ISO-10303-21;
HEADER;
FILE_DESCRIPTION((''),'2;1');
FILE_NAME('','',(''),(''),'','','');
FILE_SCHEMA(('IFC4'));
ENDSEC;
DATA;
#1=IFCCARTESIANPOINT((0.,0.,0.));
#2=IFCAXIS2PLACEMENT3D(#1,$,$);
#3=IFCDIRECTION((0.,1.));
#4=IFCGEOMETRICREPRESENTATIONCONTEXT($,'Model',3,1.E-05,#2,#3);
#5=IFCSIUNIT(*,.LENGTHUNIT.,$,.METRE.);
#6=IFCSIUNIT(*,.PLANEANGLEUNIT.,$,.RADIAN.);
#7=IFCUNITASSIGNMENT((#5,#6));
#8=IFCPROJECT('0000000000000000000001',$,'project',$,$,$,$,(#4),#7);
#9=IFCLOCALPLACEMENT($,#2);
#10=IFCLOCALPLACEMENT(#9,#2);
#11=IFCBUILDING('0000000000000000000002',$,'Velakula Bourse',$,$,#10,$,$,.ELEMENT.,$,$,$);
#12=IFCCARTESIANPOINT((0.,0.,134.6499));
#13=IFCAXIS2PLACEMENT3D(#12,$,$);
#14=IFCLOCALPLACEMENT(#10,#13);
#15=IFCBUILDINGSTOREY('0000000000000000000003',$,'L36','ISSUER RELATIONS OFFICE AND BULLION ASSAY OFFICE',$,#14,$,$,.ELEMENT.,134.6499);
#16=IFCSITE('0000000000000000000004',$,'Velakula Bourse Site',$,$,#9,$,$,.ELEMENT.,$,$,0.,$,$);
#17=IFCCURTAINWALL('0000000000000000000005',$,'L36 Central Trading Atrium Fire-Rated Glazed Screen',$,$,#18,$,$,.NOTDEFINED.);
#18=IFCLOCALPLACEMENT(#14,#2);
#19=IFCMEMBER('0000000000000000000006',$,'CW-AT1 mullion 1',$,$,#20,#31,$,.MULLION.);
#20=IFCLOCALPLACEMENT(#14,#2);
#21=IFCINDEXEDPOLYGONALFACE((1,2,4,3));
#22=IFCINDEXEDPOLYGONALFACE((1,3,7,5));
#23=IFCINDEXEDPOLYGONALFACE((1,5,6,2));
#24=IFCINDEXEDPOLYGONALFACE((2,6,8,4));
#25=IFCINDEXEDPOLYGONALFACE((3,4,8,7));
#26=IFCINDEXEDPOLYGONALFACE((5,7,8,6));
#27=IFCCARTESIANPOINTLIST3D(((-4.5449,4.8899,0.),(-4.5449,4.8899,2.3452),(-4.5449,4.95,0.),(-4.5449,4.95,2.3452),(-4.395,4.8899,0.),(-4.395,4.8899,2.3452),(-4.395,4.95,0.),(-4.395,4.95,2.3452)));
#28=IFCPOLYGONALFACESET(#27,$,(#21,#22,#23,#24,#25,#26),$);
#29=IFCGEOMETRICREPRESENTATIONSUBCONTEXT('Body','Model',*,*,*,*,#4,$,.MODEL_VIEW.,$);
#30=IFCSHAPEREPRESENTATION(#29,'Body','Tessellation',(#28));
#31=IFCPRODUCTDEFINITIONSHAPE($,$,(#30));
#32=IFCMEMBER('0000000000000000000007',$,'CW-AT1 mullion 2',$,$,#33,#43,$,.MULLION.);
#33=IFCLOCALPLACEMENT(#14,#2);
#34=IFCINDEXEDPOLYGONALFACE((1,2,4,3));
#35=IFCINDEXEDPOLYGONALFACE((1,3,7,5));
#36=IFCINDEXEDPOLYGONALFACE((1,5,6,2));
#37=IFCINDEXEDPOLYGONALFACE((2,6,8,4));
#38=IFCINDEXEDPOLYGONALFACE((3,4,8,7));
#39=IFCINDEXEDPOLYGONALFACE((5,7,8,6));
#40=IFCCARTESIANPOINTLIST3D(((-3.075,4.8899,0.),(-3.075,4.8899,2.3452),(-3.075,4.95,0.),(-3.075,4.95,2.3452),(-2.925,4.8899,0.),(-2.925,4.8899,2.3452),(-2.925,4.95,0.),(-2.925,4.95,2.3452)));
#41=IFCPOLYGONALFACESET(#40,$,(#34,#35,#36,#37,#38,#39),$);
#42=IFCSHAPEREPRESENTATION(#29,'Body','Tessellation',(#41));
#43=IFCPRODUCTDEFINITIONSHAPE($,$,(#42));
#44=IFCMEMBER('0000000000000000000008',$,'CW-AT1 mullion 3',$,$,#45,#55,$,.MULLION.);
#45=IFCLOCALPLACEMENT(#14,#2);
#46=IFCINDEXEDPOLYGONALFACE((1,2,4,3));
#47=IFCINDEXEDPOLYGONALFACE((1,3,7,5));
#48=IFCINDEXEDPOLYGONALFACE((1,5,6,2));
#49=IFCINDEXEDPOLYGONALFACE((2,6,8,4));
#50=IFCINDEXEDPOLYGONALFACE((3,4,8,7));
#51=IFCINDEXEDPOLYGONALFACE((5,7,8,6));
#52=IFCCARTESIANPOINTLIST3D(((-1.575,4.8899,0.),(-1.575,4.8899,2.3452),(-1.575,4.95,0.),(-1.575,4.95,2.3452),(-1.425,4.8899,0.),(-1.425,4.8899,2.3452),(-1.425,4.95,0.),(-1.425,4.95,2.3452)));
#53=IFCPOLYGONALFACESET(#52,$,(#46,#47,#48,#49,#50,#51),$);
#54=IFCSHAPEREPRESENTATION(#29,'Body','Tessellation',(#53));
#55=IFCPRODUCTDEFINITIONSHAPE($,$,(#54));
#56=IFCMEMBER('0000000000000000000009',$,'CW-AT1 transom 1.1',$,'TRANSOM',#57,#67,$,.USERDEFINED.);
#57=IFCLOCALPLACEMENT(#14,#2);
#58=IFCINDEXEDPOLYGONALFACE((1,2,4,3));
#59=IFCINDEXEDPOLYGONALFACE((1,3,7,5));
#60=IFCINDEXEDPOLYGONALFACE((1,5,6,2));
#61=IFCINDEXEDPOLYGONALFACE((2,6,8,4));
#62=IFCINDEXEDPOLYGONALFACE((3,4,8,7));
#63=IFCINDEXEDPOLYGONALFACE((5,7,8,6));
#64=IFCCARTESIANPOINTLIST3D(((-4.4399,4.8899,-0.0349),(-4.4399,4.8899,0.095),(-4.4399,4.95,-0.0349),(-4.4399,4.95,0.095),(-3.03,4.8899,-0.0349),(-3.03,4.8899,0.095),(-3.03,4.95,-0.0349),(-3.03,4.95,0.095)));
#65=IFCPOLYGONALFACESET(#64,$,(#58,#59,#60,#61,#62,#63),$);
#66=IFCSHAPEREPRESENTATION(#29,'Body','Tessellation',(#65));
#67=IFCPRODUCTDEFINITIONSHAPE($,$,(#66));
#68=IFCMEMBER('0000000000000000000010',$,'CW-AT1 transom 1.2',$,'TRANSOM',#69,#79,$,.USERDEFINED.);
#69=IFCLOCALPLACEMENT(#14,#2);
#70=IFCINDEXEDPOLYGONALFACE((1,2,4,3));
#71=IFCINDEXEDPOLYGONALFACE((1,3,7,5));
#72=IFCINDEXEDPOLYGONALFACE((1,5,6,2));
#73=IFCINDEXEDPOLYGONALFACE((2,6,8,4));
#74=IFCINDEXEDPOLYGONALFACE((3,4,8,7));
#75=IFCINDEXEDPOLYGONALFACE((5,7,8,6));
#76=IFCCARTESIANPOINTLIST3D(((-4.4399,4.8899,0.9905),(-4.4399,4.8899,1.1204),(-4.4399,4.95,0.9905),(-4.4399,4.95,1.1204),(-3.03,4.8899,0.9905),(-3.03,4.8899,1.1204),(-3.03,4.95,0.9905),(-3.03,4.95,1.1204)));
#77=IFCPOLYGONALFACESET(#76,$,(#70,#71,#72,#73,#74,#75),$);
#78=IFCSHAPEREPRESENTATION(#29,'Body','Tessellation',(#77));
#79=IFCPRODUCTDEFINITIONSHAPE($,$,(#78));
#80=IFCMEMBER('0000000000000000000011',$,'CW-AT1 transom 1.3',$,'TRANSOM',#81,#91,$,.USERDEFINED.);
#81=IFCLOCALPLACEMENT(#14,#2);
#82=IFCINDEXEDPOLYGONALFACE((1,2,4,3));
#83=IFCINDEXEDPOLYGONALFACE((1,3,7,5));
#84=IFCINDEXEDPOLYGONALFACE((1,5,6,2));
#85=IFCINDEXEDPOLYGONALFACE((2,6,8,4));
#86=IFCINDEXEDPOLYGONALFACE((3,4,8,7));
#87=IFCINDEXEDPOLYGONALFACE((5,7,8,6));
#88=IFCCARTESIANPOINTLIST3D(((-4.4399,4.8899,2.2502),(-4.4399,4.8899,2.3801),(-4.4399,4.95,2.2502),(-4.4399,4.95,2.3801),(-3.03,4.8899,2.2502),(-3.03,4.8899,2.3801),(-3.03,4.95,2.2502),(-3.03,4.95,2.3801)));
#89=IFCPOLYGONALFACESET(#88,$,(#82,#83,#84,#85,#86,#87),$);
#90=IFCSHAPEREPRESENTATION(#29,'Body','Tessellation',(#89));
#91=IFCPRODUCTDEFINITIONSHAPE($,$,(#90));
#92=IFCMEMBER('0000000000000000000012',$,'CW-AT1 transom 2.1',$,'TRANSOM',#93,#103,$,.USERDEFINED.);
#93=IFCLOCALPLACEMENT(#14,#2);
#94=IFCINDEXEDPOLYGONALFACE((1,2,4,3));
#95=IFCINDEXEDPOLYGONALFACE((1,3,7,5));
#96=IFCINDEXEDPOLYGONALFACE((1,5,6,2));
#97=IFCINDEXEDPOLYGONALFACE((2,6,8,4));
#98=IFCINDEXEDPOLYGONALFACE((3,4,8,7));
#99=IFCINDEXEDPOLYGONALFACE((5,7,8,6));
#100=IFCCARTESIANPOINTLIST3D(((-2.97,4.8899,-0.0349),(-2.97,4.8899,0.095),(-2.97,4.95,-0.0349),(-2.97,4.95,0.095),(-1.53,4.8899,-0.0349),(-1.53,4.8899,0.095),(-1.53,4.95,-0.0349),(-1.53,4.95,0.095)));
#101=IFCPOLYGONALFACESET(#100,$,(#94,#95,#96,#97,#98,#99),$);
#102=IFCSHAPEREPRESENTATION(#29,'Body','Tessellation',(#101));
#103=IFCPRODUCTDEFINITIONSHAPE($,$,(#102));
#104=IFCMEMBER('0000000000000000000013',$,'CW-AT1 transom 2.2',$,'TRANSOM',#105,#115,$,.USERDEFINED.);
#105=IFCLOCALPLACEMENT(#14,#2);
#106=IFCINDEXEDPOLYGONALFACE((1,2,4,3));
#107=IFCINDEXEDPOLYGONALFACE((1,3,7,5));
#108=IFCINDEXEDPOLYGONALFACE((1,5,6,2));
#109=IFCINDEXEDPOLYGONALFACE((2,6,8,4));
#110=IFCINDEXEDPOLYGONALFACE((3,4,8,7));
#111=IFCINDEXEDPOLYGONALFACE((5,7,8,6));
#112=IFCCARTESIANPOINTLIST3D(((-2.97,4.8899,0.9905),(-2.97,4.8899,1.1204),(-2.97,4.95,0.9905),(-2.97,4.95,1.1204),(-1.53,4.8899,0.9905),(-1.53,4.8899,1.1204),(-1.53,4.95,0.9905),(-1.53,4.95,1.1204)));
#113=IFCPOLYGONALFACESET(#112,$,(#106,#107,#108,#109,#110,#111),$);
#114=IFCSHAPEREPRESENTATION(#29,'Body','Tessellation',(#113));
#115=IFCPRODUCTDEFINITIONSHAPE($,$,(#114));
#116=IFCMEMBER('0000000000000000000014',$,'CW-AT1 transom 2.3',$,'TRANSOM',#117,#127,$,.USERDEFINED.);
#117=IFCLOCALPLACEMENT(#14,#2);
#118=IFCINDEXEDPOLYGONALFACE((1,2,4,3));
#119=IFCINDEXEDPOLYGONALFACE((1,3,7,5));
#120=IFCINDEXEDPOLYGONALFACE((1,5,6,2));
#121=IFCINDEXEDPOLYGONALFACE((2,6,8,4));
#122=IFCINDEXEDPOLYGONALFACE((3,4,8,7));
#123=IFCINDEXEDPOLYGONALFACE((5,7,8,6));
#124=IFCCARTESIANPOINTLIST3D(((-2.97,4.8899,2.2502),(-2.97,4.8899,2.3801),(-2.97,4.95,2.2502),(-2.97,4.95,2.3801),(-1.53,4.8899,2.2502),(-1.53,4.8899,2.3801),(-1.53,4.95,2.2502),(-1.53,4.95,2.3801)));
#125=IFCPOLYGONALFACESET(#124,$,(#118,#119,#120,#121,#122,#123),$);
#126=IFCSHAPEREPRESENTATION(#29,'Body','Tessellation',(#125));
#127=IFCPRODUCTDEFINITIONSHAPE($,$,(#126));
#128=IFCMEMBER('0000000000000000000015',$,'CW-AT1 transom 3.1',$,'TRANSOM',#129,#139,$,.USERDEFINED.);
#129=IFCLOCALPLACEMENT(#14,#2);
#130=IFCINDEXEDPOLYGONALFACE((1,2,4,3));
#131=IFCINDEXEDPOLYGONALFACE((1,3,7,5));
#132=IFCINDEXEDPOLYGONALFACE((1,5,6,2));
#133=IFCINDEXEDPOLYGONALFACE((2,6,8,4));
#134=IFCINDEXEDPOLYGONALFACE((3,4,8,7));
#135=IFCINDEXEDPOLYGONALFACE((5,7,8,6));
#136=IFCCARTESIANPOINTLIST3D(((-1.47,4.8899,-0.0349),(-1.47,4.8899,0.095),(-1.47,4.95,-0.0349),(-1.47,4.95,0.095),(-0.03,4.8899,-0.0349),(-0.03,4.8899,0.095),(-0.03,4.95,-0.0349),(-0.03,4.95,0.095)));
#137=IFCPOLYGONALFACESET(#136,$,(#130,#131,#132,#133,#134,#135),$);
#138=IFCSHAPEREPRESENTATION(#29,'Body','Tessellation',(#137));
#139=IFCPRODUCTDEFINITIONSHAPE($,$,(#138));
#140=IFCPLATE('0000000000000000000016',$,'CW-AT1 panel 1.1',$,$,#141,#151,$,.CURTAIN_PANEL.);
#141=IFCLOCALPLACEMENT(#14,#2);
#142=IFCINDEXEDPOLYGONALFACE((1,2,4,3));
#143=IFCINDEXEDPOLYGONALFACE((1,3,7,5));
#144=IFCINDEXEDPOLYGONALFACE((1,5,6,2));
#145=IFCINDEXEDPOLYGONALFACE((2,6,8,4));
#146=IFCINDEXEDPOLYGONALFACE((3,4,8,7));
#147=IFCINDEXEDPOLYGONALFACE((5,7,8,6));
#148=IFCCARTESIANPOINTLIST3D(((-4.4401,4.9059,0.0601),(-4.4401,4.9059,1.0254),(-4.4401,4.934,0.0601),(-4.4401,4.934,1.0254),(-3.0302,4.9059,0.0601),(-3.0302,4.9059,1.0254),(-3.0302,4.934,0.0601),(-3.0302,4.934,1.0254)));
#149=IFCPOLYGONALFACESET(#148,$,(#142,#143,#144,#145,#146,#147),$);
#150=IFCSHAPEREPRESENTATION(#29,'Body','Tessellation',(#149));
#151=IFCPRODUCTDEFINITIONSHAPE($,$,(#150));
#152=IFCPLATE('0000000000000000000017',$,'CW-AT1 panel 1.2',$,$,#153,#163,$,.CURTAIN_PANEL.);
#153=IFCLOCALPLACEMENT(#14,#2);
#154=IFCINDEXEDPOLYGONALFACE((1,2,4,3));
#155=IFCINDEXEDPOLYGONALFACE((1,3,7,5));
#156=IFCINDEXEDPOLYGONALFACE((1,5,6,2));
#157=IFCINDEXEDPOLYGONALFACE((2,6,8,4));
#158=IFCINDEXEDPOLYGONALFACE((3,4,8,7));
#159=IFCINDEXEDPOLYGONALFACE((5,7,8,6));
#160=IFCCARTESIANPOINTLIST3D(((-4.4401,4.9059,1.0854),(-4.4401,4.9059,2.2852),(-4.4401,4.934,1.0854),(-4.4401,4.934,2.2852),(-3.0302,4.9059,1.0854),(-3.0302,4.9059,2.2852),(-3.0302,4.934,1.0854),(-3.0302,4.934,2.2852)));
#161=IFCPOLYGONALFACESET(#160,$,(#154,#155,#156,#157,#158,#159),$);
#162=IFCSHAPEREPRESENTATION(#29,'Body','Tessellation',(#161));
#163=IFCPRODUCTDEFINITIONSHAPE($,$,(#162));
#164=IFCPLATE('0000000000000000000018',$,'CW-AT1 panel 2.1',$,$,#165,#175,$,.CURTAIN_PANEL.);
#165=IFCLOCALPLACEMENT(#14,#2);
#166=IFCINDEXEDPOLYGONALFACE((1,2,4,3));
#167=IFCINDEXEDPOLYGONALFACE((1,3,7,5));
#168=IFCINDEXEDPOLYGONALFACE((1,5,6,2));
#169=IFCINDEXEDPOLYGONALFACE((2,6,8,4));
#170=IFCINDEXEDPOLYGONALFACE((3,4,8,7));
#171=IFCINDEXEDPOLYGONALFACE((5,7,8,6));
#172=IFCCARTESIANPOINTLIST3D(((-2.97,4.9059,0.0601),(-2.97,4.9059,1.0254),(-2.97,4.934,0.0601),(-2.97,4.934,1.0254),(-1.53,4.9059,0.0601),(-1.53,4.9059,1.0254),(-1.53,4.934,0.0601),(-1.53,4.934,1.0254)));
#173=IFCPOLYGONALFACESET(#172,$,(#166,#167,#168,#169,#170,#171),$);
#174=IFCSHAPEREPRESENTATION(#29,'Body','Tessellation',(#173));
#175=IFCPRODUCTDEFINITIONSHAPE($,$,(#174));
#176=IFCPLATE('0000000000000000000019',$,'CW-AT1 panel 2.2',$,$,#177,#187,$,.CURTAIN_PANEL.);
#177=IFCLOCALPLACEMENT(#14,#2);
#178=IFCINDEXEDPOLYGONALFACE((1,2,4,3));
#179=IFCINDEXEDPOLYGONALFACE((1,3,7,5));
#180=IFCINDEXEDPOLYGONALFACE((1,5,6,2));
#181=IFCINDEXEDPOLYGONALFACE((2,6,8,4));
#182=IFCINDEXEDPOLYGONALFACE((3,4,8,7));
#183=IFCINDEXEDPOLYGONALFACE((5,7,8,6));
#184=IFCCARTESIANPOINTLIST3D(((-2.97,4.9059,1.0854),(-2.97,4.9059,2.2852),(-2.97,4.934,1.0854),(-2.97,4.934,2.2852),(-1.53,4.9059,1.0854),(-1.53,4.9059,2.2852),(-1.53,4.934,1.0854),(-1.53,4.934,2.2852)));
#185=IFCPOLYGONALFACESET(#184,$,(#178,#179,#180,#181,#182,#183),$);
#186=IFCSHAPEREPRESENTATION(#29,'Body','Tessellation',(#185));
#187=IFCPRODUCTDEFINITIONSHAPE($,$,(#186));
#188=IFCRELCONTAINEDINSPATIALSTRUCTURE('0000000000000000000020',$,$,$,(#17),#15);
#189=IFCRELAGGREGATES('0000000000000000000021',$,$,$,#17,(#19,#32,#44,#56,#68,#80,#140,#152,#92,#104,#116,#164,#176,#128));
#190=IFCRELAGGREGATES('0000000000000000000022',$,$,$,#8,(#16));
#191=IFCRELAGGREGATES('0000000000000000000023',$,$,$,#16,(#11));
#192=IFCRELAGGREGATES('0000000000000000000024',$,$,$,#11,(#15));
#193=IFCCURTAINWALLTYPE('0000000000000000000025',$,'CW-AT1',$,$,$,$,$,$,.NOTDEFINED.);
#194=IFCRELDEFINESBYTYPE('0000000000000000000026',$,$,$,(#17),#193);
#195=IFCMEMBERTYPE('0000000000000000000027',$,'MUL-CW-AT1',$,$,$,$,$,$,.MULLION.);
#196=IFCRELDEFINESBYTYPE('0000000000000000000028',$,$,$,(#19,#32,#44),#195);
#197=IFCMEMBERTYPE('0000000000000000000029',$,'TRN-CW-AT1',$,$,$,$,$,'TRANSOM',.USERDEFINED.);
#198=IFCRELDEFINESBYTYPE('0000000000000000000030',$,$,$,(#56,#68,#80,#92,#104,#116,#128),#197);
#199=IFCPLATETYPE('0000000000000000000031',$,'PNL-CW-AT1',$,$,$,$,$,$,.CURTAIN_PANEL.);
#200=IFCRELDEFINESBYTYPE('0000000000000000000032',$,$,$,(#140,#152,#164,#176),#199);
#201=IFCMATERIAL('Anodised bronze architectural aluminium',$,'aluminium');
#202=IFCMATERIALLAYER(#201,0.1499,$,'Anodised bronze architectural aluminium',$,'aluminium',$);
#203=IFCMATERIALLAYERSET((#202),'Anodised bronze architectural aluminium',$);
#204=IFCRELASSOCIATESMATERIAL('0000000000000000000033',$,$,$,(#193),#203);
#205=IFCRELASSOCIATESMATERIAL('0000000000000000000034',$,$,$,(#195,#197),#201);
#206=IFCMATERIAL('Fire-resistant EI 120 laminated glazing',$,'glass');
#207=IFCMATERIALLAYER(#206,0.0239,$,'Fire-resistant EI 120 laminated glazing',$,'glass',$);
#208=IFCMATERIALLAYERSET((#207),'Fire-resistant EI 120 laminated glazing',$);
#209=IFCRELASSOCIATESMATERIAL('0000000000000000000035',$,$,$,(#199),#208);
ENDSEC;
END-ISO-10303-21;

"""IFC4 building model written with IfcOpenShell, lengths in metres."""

from ifc_helpers import new_model, si_unit, direction, frame, origin, origin_2d, place, context, subcontext, project, spatial, rectangle, extrude, material, layer, layer_set, material_profile, profile_set, type_object, element, aggregate, save


model = new_model("IFC4")

# Units and contexts
model_context = context("Model", 3, precision=1e-05, world=origin(), true_north=direction((0.0, 1.0)))
body_context = subcontext(model_context, "Body", "Model", "MODEL_VIEW")
ifc_project = project(units=[si_unit("LENGTHUNIT", "METRE"), si_unit("PLANEANGLEUNIT", "RADIAN")], contexts=[model_context])

# Site, building, storey
site_placement = place(None, origin())
site = spatial("IfcSite", under=ifc_project, at=site_placement, Name="Velakula Bourse Site", CompositionType="ELEMENT", RefElevation=0.0)
building_placement = place(site_placement, origin())
building = spatial("IfcBuilding", under=site, at=building_placement, Name="Velakula Bourse", CompositionType="ELEMENT")
storey_placement = place(building_placement, frame((0.0, 0.0, 134.6499)))
storey = spatial("IfcBuildingStorey", under=building, at=storey_placement, Name="L36", Description="ISSUER RELATIONS OFFICE AND BULLION ASSAY OFFICE", CompositionType="ELEMENT", Elevation=134.6499)

# Curtain wall, members, plates
ifc_material_1 = material(Name="Anodised bronze architectural aluminium", Category="aluminium")
ifc_layer_1 = layer(ifc_material_1, 0.1499, Name="Anodised bronze architectural aluminium", Category="aluminium")
ifc_layer_set_1 = layer_set([ifc_layer_1], Name="Anodised bronze architectural aluminium")
curtain_wall_type = type_object("IfcCurtainWallType", Name="CW-AT1", PredefinedType="NOTDEFINED", material=ifc_layer_set_1)
curtain_wall_placement = place(storey_placement, origin())
curtain_wall = element("IfcCurtainWall", 1, at=curtain_wall_placement, inside=storey, type_object=curtain_wall_type, Name="L36 Central Trading Atrium Fire-Rated Glazed Screen", PredefinedType="NOTDEFINED")
ifc_material_profile_1 = material_profile(ifc_material_1, rectangle(XDim=0.0601, YDim=0.1499, at=origin_2d()), Name="Anodised bronze architectural aluminium")
ifc_profile_set_1 = profile_set([ifc_material_profile_1], Name="Anodised bronze architectural aluminium")
member_type_1 = type_object("IfcMemberType", Name="MUL-CW-AT1", PredefinedType="MULLION", material=ifc_profile_set_1)
member_1_placement = place(storey_placement, frame((-4.47, 4.9199, 0.0), z_axis=(0.0, 0.0, 1.0), x_axis=(0.0, 1.0, 0.0)))
member_1 = element("IfcMember", 2, at=member_1_placement, type_object=member_type_1, Name="CW-AT1 mullion 1", PredefinedType="MULLION", context=body_context, shape_type="SweptSolid", body=[
    extrude(rectangle(XDim=0.0601, YDim=0.1499, at=origin_2d()), origin(), (0.0, 0.0, 1.0), 2.3452),
])
member_2_placement = place(storey_placement, frame((-3.0, 4.9199, 0.0), z_axis=(0.0, 0.0, 1.0), x_axis=(0.0, 1.0, 0.0)))
member_2 = element("IfcMember", 3, at=member_2_placement, type_object=member_type_1, Name="CW-AT1 mullion 2", PredefinedType="MULLION", context=body_context, shape_type="SweptSolid", body=[
    extrude(rectangle(XDim=0.0601, YDim=0.1499, at=origin_2d()), origin(), (0.0, 0.0, 1.0), 2.3452),
])
member_3_placement = place(storey_placement, frame((-1.5, 4.9199, 0.0), z_axis=(0.0, 0.0, 1.0), x_axis=(0.0, 1.0, 0.0)))
member_3 = element("IfcMember", 4, at=member_3_placement, type_object=member_type_1, Name="CW-AT1 mullion 3", PredefinedType="MULLION", context=body_context, shape_type="SweptSolid", body=[
    extrude(rectangle(XDim=0.0601, YDim=0.1499, at=origin_2d()), origin(), (0.0, 0.0, 1.0), 2.3452),
])
ifc_material_profile_2 = material_profile(ifc_material_1, rectangle(XDim=0.0601, YDim=0.1299, at=origin_2d()), Name="Anodised bronze architectural aluminium")
ifc_profile_set_2 = profile_set([ifc_material_profile_2], Name="Anodised bronze architectural aluminium")
member_type_2 = type_object("IfcMemberType", Name="TRN-CW-AT1", ElementType="TRANSOM", PredefinedType="USERDEFINED", material=ifc_profile_set_2)
member_4_placement = place(storey_placement, frame((-4.4399, 4.9199, 0.03), z_axis=(1.0, 0.0, 0.0), x_axis=(0.0, 1.0, 0.0)))
member_4 = element("IfcMember", 5, at=member_4_placement, type_object=member_type_2, Name="CW-AT1 transom 1.1", ObjectType="TRANSOM", PredefinedType="USERDEFINED", context=body_context, shape_type="SweptSolid", body=[
    extrude(rectangle(XDim=0.0601, YDim=0.1299, at=origin_2d()), origin(), (0.0, 0.0, 1.0), 1.4099),
])
member_5_placement = place(storey_placement, frame((-4.4399, 4.9199, 1.0554), z_axis=(1.0, 0.0, 0.0), x_axis=(0.0, 1.0, 0.0)))
member_5 = element("IfcMember", 6, at=member_5_placement, type_object=member_type_2, Name="CW-AT1 transom 1.2", ObjectType="TRANSOM", PredefinedType="USERDEFINED", context=body_context, shape_type="SweptSolid", body=[
    extrude(rectangle(XDim=0.0601, YDim=0.1299, at=origin_2d()), origin(), (0.0, 0.0, 1.0), 1.4099),
])
member_6_placement = place(storey_placement, frame((-4.4399, 4.9199, 2.3152), z_axis=(1.0, 0.0, 0.0), x_axis=(0.0, 1.0, 0.0)))
member_6 = element("IfcMember", 7, at=member_6_placement, type_object=member_type_2, Name="CW-AT1 transom 1.3", ObjectType="TRANSOM", PredefinedType="USERDEFINED", context=body_context, shape_type="SweptSolid", body=[
    extrude(rectangle(XDim=0.0601, YDim=0.1299, at=origin_2d()), origin(), (0.0, 0.0, 1.0), 1.4099),
])
member_7_placement = place(storey_placement, frame((-2.97, 4.9199, 0.03), z_axis=(1.0, 0.0, 0.0), x_axis=(0.0, 1.0, 0.0)))
member_7 = element("IfcMember", 8, at=member_7_placement, type_object=member_type_2, Name="CW-AT1 transom 2.1", ObjectType="TRANSOM", PredefinedType="USERDEFINED", context=body_context, shape_type="SweptSolid", body=[
    extrude(rectangle(XDim=0.0601, YDim=0.1299, at=origin_2d()), origin(), (0.0, 0.0, 1.0), 1.4399),
])
member_8_placement = place(storey_placement, frame((-2.97, 4.9199, 1.0554), z_axis=(1.0, 0.0, 0.0), x_axis=(0.0, 1.0, 0.0)))
member_8 = element("IfcMember", 9, at=member_8_placement, type_object=member_type_2, Name="CW-AT1 transom 2.2", ObjectType="TRANSOM", PredefinedType="USERDEFINED", context=body_context, shape_type="SweptSolid", body=[
    extrude(rectangle(XDim=0.0601, YDim=0.1299, at=origin_2d()), origin(), (0.0, 0.0, 1.0), 1.4399),
])
member_9_placement = place(storey_placement, frame((-2.97, 4.9199, 2.3152), z_axis=(1.0, 0.0, 0.0), x_axis=(0.0, 1.0, 0.0)))
member_9 = element("IfcMember", 10, at=member_9_placement, type_object=member_type_2, Name="CW-AT1 transom 2.3", ObjectType="TRANSOM", PredefinedType="USERDEFINED", context=body_context, shape_type="SweptSolid", body=[
    extrude(rectangle(XDim=0.0601, YDim=0.1299, at=origin_2d()), origin(), (0.0, 0.0, 1.0), 1.4399),
])
member_10_placement = place(storey_placement, frame((-1.47, 4.9199, 0.03), z_axis=(1.0, 0.0, 0.0), x_axis=(0.0, 1.0, 0.0)))
member_10 = element("IfcMember", 11, at=member_10_placement, type_object=member_type_2, Name="CW-AT1 transom 3.1", ObjectType="TRANSOM", PredefinedType="USERDEFINED", context=body_context, shape_type="SweptSolid", body=[
    extrude(rectangle(XDim=0.0601, YDim=0.1299, at=origin_2d()), origin(), (0.0, 0.0, 1.0), 1.4399),
])
ifc_material_2 = material(Name="Fire-resistant EI 120 laminated glazing", Category="glass")
ifc_layer_2 = layer(ifc_material_2, 0.0239, Name="Fire-resistant EI 120 laminated glazing", Category="glass")
ifc_layer_set_2 = layer_set([ifc_layer_2], Name="Fire-resistant EI 120 laminated glazing")
plate_type = type_object("IfcPlateType", Name="PNL-CW-AT1", PredefinedType="CURTAIN_PANEL", material=ifc_layer_set_2)
plate_1_placement = place(storey_placement, frame((-3.7351, 4.9199, 0.0601), z_axis=(0.0, 0.0, 1.0), x_axis=(1.0, 0.0, 0.0)))
plate_1 = element("IfcPlate", 12, at=plate_1_placement, type_object=plate_type, Name="CW-AT1 panel 1.1", PredefinedType="CURTAIN_PANEL", context=body_context, shape_type="SweptSolid", body=[
    extrude(rectangle(XDim=1.4099, YDim=0.0281, at=origin_2d()), origin(), (0.0, 0.0, 1.0), 0.9653),
])
plate_2_placement = place(storey_placement, frame((-3.7351, 4.9199, 1.0854), z_axis=(0.0, 0.0, 1.0), x_axis=(1.0, 0.0, 0.0)))
plate_2 = element("IfcPlate", 13, at=plate_2_placement, type_object=plate_type, Name="CW-AT1 panel 1.2", PredefinedType="CURTAIN_PANEL", context=body_context, shape_type="SweptSolid", body=[
    extrude(rectangle(XDim=1.4099, YDim=0.0281, at=origin_2d()), origin(), (0.0, 0.0, 1.0), 1.1997),
])
plate_3_placement = place(storey_placement, frame((-2.25, 4.9199, 0.0601), z_axis=(0.0, 0.0, 1.0), x_axis=(1.0, 0.0, 0.0)))
plate_3 = element("IfcPlate", 14, at=plate_3_placement, type_object=plate_type, Name="CW-AT1 panel 2.1", PredefinedType="CURTAIN_PANEL", context=body_context, shape_type="SweptSolid", body=[
    extrude(rectangle(XDim=1.4399, YDim=0.0281, at=origin_2d()), origin(), (0.0, 0.0, 1.0), 0.9653),
])
plate_4_placement = place(storey_placement, frame((-2.25, 4.9199, 1.0854), z_axis=(0.0, 0.0, 1.0), x_axis=(1.0, 0.0, 0.0)))
plate_4 = element("IfcPlate", 15, at=plate_4_placement, type_object=plate_type, Name="CW-AT1 panel 2.2", PredefinedType="CURTAIN_PANEL", context=body_context, shape_type="SweptSolid", body=[
    extrude(rectangle(XDim=1.4399, YDim=0.0281, at=origin_2d()), origin(), (0.0, 0.0, 1.0), 1.1997),
])
aggregate(curtain_wall, [member_1, member_2, member_3, member_4, member_5, member_6, plate_1, plate_2, member_7, member_8, member_9, plate_3, plate_4, member_10])

save(model, "model.ifc")
